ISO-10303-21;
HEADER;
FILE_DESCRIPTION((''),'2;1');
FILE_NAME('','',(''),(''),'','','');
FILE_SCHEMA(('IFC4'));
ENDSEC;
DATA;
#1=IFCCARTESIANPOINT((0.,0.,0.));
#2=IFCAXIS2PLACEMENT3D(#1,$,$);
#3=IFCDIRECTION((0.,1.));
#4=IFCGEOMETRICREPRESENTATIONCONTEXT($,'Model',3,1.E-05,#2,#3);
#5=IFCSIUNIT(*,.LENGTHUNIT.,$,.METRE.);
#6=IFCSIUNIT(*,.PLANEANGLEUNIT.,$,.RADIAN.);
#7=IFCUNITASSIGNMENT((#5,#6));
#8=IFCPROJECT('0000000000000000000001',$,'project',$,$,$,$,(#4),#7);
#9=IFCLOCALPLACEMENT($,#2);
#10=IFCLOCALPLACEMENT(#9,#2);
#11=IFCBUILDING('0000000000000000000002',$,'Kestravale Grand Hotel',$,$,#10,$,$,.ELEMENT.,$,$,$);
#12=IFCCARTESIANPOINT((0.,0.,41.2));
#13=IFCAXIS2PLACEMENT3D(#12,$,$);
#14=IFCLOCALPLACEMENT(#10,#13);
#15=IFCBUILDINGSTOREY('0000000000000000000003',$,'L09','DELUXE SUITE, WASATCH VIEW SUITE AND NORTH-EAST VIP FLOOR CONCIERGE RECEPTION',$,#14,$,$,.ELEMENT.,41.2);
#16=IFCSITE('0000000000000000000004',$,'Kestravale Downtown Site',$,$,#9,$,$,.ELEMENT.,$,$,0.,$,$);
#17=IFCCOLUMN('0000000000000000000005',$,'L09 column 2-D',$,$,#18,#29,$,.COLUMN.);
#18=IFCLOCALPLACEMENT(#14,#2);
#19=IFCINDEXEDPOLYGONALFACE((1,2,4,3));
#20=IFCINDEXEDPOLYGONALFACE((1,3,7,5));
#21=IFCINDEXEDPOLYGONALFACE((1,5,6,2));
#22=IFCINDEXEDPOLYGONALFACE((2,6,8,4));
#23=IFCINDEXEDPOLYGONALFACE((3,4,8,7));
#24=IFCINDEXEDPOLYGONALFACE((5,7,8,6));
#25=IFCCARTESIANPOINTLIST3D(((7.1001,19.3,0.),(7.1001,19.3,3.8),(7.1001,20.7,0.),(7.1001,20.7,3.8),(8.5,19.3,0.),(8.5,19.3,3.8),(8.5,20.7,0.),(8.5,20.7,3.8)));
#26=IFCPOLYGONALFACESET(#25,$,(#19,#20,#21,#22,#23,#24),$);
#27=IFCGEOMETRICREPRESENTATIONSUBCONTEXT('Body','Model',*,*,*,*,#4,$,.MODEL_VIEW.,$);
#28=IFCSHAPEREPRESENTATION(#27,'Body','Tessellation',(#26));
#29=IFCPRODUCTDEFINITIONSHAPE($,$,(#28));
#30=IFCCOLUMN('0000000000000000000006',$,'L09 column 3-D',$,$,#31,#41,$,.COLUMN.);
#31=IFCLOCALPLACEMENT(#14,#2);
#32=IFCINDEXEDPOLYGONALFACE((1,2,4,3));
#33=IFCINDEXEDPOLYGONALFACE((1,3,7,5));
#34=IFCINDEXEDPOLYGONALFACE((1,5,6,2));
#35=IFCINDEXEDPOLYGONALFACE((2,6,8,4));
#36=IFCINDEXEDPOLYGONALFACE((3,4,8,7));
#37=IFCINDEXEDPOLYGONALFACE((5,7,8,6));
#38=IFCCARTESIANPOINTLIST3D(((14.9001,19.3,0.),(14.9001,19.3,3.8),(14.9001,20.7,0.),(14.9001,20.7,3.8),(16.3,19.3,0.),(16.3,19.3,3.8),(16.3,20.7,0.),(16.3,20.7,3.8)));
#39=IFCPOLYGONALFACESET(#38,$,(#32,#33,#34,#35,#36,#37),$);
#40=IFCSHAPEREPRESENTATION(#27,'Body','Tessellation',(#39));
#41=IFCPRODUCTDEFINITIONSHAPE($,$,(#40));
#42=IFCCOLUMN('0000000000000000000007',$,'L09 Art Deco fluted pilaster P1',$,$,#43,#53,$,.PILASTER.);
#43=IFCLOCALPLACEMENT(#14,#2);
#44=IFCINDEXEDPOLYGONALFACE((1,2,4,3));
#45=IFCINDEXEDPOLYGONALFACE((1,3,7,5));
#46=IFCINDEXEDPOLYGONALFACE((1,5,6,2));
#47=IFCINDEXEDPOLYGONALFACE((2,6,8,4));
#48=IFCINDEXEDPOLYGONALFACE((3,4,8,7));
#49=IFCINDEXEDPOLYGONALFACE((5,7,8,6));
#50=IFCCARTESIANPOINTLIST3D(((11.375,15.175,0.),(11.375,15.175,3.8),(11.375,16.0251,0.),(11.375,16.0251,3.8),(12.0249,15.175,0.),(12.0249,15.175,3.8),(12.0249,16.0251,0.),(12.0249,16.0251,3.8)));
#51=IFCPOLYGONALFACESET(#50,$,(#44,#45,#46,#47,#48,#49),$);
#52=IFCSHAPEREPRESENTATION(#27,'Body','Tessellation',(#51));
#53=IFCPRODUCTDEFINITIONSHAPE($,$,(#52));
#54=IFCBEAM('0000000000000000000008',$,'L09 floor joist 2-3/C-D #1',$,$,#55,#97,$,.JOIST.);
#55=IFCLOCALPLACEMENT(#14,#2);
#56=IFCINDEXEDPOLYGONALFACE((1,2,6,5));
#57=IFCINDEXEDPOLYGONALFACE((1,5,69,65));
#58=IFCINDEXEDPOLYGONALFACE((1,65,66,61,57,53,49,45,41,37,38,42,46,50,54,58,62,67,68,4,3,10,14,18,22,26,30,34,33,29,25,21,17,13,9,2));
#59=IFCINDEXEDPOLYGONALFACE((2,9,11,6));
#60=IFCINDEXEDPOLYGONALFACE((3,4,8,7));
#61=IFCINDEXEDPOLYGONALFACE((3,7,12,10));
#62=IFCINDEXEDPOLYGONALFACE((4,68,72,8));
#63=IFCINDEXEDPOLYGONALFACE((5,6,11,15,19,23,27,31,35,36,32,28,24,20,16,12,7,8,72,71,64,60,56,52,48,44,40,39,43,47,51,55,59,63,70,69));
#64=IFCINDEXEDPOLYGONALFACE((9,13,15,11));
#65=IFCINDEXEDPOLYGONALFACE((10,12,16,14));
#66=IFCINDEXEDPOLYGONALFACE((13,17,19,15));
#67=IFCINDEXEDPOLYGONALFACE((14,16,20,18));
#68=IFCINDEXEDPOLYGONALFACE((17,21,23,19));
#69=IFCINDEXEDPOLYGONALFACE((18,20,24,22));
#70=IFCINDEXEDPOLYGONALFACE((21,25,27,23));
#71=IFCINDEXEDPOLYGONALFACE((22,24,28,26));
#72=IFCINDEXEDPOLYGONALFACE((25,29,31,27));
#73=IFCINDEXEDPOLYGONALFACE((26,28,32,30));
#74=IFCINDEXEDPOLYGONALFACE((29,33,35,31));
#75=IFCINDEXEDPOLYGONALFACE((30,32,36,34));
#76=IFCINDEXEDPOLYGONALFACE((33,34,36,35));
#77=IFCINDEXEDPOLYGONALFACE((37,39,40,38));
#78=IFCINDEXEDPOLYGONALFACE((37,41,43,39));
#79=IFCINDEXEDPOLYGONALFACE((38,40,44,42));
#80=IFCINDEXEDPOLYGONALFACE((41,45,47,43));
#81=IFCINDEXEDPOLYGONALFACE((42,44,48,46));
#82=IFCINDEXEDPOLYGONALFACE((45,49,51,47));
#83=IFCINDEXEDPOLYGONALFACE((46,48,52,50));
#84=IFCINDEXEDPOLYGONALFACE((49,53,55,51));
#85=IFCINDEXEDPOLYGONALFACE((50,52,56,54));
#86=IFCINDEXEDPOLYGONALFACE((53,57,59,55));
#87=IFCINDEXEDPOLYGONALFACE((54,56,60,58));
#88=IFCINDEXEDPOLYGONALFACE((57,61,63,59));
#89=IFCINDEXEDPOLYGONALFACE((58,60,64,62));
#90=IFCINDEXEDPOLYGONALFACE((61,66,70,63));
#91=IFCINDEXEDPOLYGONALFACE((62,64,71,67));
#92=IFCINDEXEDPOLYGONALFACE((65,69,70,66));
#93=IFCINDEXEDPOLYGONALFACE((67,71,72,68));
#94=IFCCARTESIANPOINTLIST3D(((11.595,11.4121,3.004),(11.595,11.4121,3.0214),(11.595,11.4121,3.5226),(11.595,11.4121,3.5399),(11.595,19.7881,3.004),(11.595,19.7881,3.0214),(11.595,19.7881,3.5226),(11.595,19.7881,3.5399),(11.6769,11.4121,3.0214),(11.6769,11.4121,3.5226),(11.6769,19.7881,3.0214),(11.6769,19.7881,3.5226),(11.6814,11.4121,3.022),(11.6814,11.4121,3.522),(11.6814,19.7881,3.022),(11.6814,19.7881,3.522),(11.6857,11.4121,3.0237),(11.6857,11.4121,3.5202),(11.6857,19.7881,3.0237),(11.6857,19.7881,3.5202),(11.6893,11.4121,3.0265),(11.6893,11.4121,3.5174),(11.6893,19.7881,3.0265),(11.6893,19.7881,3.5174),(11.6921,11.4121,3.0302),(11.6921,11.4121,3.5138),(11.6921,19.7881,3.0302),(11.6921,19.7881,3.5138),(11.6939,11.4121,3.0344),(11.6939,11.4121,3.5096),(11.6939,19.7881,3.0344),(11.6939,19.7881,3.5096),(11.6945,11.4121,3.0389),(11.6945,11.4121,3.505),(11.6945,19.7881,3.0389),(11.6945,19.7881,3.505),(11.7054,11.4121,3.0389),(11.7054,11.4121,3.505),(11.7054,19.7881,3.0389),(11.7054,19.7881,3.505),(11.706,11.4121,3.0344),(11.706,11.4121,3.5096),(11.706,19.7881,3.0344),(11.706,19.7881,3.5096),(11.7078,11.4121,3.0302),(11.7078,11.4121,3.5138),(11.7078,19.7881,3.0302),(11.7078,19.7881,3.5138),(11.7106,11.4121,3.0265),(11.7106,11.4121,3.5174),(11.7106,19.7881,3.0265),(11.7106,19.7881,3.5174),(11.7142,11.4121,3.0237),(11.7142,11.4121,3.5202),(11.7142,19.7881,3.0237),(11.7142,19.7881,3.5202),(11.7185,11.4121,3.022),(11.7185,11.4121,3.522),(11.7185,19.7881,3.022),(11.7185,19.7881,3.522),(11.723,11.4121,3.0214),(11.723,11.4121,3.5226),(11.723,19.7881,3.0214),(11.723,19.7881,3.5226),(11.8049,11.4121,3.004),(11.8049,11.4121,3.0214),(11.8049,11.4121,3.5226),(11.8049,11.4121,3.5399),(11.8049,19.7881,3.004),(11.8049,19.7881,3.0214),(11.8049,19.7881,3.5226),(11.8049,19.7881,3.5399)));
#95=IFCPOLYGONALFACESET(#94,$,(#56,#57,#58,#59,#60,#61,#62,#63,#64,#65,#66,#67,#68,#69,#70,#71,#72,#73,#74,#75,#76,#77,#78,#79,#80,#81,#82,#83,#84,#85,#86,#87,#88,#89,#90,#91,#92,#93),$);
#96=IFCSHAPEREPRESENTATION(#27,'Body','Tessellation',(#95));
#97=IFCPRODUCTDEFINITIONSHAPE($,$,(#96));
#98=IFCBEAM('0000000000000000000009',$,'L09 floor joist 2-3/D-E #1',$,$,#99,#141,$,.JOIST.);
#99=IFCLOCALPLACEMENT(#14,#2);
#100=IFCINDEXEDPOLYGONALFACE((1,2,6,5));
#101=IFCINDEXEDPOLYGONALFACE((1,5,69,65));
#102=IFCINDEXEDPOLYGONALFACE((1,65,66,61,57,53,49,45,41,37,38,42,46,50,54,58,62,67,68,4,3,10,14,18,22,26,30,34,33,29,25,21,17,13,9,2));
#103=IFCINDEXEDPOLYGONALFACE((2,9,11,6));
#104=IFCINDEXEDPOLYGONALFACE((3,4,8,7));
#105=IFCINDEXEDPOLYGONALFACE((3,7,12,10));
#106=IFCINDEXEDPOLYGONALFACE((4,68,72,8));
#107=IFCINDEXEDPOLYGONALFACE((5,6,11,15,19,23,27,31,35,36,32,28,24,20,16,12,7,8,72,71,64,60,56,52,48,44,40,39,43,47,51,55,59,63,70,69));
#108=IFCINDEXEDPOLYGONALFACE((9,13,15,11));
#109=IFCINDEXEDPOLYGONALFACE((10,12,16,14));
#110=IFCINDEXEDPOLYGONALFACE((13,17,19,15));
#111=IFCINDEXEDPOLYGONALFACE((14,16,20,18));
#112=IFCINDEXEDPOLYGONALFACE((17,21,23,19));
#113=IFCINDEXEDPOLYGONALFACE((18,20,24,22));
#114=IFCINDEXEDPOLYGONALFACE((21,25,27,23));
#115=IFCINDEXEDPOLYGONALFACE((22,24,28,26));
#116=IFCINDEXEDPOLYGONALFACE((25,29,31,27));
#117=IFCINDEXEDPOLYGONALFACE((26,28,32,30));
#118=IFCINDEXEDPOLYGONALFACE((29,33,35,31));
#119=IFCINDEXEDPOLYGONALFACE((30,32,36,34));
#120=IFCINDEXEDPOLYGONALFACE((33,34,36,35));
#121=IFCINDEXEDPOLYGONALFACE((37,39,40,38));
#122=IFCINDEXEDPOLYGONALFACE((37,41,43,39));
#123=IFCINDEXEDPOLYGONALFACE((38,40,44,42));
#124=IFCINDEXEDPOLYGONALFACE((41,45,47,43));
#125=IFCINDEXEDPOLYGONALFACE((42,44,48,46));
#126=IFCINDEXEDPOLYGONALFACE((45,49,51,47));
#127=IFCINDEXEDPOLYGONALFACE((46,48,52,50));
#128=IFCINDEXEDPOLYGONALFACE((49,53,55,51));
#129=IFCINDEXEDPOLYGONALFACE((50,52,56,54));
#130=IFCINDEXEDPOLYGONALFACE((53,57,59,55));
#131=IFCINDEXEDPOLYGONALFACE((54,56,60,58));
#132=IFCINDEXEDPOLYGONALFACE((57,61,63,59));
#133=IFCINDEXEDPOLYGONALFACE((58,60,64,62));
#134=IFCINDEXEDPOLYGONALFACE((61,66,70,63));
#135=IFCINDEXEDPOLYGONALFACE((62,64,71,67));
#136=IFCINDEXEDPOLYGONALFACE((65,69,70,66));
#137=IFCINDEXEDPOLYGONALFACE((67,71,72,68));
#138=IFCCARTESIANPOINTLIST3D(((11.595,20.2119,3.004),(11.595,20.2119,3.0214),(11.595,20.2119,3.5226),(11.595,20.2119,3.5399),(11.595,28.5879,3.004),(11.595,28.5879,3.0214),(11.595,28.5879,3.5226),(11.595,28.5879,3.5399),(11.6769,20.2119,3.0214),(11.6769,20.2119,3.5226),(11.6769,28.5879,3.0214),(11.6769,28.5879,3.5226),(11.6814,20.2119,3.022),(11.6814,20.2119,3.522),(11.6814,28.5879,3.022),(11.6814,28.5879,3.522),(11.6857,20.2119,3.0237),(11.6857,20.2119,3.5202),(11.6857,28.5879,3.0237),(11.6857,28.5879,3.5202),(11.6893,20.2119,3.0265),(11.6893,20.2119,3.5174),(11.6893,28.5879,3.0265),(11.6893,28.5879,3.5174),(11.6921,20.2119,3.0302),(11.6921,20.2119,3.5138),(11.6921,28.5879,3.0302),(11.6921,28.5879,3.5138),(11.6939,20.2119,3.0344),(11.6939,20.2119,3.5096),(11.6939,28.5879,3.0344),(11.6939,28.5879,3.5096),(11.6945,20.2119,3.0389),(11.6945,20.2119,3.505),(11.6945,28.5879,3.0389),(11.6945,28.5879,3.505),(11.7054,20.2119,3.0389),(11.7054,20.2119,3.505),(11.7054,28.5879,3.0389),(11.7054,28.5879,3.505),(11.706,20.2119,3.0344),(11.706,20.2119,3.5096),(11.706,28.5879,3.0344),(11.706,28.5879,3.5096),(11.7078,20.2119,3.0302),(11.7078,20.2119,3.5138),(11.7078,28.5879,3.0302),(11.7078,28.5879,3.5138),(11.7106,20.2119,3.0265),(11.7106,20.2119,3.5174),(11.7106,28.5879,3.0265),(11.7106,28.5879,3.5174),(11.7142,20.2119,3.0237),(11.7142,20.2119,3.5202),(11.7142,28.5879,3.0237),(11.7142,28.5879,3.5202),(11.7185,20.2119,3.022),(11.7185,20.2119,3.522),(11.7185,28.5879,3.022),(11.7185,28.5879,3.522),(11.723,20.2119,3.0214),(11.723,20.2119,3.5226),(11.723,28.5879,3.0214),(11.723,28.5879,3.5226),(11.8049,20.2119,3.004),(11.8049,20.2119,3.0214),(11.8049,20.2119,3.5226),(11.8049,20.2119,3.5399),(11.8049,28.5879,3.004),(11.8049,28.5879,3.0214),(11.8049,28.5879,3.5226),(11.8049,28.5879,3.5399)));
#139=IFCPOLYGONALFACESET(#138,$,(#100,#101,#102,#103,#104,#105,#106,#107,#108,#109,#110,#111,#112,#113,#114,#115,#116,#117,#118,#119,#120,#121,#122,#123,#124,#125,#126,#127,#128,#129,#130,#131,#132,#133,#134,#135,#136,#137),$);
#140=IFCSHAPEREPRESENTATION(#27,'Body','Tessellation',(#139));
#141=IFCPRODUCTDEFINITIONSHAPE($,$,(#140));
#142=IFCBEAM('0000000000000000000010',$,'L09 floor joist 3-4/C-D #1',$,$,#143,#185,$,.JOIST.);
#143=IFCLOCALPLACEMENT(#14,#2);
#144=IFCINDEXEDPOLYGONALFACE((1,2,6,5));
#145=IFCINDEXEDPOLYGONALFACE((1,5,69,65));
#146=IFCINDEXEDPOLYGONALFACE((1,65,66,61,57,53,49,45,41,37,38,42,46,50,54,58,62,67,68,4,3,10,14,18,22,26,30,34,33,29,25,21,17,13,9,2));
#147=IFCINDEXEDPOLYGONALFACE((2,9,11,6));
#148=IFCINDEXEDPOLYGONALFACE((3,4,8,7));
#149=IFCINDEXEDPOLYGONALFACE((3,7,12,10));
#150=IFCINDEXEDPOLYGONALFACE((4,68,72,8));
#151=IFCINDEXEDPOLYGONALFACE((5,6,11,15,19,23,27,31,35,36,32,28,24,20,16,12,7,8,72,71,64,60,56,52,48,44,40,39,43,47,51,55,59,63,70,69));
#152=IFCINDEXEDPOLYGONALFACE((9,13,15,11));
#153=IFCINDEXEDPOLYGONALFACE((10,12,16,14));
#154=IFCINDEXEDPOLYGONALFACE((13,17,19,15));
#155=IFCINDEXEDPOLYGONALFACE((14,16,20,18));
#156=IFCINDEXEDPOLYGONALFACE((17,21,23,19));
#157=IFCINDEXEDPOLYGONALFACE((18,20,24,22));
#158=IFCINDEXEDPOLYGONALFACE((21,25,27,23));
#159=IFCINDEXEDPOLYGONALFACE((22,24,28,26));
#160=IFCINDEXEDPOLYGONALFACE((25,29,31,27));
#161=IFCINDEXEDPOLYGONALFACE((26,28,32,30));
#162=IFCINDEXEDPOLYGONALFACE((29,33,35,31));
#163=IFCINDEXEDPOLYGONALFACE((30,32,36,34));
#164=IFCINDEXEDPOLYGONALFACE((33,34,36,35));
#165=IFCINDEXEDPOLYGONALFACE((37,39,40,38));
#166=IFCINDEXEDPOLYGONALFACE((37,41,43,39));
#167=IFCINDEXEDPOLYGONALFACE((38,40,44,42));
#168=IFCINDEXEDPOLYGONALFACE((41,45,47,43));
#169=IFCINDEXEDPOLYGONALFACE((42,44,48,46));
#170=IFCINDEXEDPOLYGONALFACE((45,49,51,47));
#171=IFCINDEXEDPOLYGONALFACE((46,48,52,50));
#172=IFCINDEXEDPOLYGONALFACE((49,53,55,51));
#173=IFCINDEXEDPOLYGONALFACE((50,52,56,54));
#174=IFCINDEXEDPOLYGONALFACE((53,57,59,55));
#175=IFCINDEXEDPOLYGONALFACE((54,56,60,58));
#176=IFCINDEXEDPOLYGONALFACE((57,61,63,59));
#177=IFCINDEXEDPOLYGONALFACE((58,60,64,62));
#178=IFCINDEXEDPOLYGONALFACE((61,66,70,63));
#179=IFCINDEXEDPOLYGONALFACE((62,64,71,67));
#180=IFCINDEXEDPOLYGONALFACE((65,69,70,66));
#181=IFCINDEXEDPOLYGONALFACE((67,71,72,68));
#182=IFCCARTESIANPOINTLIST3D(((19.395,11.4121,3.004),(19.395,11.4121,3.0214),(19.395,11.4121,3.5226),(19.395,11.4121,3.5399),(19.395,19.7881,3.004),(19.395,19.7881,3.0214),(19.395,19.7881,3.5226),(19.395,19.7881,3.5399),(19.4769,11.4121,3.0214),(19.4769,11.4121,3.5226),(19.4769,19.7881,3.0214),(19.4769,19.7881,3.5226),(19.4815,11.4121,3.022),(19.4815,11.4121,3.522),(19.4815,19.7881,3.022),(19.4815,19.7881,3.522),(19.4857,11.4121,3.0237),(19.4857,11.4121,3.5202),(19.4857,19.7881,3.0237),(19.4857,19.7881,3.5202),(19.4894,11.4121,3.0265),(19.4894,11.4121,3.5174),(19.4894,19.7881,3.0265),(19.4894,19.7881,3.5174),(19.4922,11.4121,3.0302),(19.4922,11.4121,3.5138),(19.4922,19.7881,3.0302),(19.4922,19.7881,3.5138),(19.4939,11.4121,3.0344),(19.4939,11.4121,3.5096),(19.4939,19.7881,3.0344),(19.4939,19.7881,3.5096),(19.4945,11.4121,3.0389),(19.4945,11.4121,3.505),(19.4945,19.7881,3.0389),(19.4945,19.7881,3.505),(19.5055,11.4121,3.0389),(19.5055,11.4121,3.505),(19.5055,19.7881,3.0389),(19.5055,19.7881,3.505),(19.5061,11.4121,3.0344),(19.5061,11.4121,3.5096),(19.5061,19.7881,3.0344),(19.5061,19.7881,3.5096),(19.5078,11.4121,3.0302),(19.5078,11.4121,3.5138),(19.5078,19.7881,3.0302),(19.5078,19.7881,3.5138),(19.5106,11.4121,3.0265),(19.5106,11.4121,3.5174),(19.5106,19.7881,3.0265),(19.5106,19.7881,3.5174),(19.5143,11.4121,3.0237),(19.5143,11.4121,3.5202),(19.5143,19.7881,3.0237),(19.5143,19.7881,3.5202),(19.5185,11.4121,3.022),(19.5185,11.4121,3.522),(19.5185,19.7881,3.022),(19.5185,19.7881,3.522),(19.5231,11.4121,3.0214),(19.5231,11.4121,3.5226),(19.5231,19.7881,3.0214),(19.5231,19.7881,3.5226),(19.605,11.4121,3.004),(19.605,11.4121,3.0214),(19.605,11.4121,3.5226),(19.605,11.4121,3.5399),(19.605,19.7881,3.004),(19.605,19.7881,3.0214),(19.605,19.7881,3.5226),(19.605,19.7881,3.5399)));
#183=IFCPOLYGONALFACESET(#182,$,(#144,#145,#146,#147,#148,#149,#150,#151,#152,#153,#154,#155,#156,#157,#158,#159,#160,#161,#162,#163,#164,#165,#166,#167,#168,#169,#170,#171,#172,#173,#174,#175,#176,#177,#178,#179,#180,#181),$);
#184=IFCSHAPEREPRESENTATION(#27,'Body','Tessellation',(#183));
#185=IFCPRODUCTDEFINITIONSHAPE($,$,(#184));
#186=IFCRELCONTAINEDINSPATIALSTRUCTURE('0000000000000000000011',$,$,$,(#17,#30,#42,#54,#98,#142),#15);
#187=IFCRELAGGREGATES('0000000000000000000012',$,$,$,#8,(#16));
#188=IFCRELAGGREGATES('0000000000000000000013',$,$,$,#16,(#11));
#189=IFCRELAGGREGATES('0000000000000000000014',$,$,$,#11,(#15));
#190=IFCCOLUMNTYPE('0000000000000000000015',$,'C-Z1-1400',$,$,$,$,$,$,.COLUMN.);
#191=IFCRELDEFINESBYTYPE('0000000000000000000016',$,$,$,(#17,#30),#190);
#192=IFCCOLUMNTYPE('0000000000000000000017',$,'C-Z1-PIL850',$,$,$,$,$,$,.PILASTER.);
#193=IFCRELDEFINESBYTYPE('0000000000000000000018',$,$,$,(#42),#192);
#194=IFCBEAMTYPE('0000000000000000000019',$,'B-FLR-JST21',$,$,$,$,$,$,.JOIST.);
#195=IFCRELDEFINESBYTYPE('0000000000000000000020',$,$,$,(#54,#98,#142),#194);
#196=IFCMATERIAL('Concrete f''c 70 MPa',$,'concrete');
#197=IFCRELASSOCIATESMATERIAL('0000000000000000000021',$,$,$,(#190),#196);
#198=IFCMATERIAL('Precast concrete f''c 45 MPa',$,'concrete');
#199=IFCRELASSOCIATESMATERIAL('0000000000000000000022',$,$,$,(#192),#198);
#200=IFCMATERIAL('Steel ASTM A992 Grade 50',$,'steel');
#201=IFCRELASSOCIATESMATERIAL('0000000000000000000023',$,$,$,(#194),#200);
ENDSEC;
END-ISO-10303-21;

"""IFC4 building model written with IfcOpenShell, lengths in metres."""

from ifc_helpers import new_model, si_unit, direction, frame, origin, origin_2d, place, context, subcontext, project, spatial, rectangle, i_section, extrude, material, material_profile, profile_set, type_object, element, save


model = new_model("IFC4")

# Units and contexts
model_context = context("Model", 3, precision=1e-05, world=origin(), true_north=direction((0.0, 1.0)))
body_context = subcontext(model_context, "Body", "Model", "MODEL_VIEW")
ifc_project = project(units=[si_unit("LENGTHUNIT", "METRE"), si_unit("PLANEANGLEUNIT", "RADIAN")], contexts=[model_context])

# Site, building, storey
site_placement = place(None, origin())
site = spatial("IfcSite", under=ifc_project, at=site_placement, Name="Kestravale Downtown Site", CompositionType="ELEMENT", RefElevation=0.0)
building_placement = place(site_placement, origin())
building = spatial("IfcBuilding", under=site, at=building_placement, Name="Kestravale Grand Hotel", CompositionType="ELEMENT")
storey_placement = place(building_placement, frame((0.0, 0.0, 41.2)))
storey = spatial("IfcBuildingStorey", under=building, at=storey_placement, Name="L09", Description="DELUXE SUITE, WASATCH VIEW SUITE AND NORTH-EAST VIP FLOOR CONCIERGE RECEPTION", CompositionType="ELEMENT", Elevation=41.2)

# Columns
ifc_material_1 = material(Name="Concrete f'c 70 MPa", Category="concrete")
ifc_material_profile_1 = material_profile(ifc_material_1, rectangle(XDim=1.3999, YDim=1.3999, at=origin_2d()))
ifc_profile_set_1 = profile_set([ifc_material_profile_1], Name="Concrete f'c 70 MPa")
column_type_1 = type_object("IfcColumnType", Name="C-Z1-1400", PredefinedType="COLUMN", material=ifc_profile_set_1)
for number, where, z_axis, x_axis, name in (
    (1, (7.8, 20.0, 0.0), (0.0, 0.0, 1.0), (1.0, 0.0, 0.0), "L09 column 2-D"),
    (2, (15.6001, 20.0, 0.0), (0.0, 0.0, 1.0), (1.0, 0.0, 0.0), "L09 column 3-D"),
):
    element("IfcColumn", number, at=place(storey_placement, frame(where, z_axis=z_axis, x_axis=x_axis)), inside=storey, type_object=column_type_1, Name=name, PredefinedType="COLUMN", context=body_context, shape_type="SweptSolid", body=[
        extrude(rectangle(XDim=1.3999, YDim=1.3999, at=origin_2d()), origin(), (0.0, 0.0, 1.0), 3.8),
    ])
ifc_material_2 = material(Name="Precast concrete f'c 45 MPa", Category="concrete")
ifc_material_profile_2 = material_profile(ifc_material_2, rectangle(XDim=0.6499, YDim=0.8501, at=origin_2d()))
ifc_profile_set_2 = profile_set([ifc_material_profile_2], Name="Precast concrete f'c 45 MPa")
column_type_2 = type_object("IfcColumnType", Name="C-Z1-PIL850", PredefinedType="PILASTER", material=ifc_profile_set_2)
column_placement = place(storey_placement, frame((11.7, 15.6001, 0.0), z_axis=(0.0, 0.0, 1.0), x_axis=(1.0, 0.0, 0.0)))
element("IfcColumn", 3, at=column_placement, inside=storey, type_object=column_type_2, Name="L09 Art Deco fluted pilaster P1", PredefinedType="PILASTER", context=body_context, shape_type="SweptSolid", body=[
    extrude(rectangle(XDim=0.6499, YDim=0.8501, at=origin_2d()), origin(), (0.0, 0.0, 1.0), 3.8),
])

# Beams
ifc_material_3 = material(Name="Steel ASTM A992 Grade 50", Category="steel")
ifc_material_profile_3 = material_profile(ifc_material_3, i_section(OverallWidth=0.21, OverallDepth=0.5359, WebThickness=0.011, FlangeThickness=0.0173, FilletRadius=0.0176, at=origin_2d()))
ifc_profile_set_3 = profile_set([ifc_material_profile_3], Name="Steel ASTM A992 Grade 50")
beam_type_1 = type_object("IfcBeamType", Name="B-FLR-JST21", PredefinedType="JOIST", material=ifc_profile_set_3)
for number, where, z_axis, x_axis, name in (
    (4, (11.7, 11.4121, 3.272), (0.0, 1.0, 0.0), (-1.0, 0.0, 0.0), "L09 floor joist 2-3/C-D #1"),
    (5, (11.7, 20.2119, 3.272), (0.0, 1.0, 0.0), (-1.0, 0.0, 0.0), "L09 floor joist 2-3/D-E #1"),
    (6, (19.5, 11.4121, 3.272), (0.0, 1.0, 0.0), (-1.0, 0.0, 0.0), "L09 floor joist 3-4/C-D #1"),
):
    element("IfcBeam", number, at=place(storey_placement, frame(where, z_axis=z_axis, x_axis=x_axis)), inside=storey, type_object=beam_type_1, Name=name, PredefinedType="JOIST", context=body_context, shape_type="SweptSolid", body=[
        extrude(i_section(OverallWidth=0.21, OverallDepth=0.5359, WebThickness=0.011, FlangeThickness=0.0173, FilletRadius=0.0176, at=origin_2d()), origin(), (0.0, 0.0, 1.0), 8.376),
    ])

save(model, "model.ifc")
